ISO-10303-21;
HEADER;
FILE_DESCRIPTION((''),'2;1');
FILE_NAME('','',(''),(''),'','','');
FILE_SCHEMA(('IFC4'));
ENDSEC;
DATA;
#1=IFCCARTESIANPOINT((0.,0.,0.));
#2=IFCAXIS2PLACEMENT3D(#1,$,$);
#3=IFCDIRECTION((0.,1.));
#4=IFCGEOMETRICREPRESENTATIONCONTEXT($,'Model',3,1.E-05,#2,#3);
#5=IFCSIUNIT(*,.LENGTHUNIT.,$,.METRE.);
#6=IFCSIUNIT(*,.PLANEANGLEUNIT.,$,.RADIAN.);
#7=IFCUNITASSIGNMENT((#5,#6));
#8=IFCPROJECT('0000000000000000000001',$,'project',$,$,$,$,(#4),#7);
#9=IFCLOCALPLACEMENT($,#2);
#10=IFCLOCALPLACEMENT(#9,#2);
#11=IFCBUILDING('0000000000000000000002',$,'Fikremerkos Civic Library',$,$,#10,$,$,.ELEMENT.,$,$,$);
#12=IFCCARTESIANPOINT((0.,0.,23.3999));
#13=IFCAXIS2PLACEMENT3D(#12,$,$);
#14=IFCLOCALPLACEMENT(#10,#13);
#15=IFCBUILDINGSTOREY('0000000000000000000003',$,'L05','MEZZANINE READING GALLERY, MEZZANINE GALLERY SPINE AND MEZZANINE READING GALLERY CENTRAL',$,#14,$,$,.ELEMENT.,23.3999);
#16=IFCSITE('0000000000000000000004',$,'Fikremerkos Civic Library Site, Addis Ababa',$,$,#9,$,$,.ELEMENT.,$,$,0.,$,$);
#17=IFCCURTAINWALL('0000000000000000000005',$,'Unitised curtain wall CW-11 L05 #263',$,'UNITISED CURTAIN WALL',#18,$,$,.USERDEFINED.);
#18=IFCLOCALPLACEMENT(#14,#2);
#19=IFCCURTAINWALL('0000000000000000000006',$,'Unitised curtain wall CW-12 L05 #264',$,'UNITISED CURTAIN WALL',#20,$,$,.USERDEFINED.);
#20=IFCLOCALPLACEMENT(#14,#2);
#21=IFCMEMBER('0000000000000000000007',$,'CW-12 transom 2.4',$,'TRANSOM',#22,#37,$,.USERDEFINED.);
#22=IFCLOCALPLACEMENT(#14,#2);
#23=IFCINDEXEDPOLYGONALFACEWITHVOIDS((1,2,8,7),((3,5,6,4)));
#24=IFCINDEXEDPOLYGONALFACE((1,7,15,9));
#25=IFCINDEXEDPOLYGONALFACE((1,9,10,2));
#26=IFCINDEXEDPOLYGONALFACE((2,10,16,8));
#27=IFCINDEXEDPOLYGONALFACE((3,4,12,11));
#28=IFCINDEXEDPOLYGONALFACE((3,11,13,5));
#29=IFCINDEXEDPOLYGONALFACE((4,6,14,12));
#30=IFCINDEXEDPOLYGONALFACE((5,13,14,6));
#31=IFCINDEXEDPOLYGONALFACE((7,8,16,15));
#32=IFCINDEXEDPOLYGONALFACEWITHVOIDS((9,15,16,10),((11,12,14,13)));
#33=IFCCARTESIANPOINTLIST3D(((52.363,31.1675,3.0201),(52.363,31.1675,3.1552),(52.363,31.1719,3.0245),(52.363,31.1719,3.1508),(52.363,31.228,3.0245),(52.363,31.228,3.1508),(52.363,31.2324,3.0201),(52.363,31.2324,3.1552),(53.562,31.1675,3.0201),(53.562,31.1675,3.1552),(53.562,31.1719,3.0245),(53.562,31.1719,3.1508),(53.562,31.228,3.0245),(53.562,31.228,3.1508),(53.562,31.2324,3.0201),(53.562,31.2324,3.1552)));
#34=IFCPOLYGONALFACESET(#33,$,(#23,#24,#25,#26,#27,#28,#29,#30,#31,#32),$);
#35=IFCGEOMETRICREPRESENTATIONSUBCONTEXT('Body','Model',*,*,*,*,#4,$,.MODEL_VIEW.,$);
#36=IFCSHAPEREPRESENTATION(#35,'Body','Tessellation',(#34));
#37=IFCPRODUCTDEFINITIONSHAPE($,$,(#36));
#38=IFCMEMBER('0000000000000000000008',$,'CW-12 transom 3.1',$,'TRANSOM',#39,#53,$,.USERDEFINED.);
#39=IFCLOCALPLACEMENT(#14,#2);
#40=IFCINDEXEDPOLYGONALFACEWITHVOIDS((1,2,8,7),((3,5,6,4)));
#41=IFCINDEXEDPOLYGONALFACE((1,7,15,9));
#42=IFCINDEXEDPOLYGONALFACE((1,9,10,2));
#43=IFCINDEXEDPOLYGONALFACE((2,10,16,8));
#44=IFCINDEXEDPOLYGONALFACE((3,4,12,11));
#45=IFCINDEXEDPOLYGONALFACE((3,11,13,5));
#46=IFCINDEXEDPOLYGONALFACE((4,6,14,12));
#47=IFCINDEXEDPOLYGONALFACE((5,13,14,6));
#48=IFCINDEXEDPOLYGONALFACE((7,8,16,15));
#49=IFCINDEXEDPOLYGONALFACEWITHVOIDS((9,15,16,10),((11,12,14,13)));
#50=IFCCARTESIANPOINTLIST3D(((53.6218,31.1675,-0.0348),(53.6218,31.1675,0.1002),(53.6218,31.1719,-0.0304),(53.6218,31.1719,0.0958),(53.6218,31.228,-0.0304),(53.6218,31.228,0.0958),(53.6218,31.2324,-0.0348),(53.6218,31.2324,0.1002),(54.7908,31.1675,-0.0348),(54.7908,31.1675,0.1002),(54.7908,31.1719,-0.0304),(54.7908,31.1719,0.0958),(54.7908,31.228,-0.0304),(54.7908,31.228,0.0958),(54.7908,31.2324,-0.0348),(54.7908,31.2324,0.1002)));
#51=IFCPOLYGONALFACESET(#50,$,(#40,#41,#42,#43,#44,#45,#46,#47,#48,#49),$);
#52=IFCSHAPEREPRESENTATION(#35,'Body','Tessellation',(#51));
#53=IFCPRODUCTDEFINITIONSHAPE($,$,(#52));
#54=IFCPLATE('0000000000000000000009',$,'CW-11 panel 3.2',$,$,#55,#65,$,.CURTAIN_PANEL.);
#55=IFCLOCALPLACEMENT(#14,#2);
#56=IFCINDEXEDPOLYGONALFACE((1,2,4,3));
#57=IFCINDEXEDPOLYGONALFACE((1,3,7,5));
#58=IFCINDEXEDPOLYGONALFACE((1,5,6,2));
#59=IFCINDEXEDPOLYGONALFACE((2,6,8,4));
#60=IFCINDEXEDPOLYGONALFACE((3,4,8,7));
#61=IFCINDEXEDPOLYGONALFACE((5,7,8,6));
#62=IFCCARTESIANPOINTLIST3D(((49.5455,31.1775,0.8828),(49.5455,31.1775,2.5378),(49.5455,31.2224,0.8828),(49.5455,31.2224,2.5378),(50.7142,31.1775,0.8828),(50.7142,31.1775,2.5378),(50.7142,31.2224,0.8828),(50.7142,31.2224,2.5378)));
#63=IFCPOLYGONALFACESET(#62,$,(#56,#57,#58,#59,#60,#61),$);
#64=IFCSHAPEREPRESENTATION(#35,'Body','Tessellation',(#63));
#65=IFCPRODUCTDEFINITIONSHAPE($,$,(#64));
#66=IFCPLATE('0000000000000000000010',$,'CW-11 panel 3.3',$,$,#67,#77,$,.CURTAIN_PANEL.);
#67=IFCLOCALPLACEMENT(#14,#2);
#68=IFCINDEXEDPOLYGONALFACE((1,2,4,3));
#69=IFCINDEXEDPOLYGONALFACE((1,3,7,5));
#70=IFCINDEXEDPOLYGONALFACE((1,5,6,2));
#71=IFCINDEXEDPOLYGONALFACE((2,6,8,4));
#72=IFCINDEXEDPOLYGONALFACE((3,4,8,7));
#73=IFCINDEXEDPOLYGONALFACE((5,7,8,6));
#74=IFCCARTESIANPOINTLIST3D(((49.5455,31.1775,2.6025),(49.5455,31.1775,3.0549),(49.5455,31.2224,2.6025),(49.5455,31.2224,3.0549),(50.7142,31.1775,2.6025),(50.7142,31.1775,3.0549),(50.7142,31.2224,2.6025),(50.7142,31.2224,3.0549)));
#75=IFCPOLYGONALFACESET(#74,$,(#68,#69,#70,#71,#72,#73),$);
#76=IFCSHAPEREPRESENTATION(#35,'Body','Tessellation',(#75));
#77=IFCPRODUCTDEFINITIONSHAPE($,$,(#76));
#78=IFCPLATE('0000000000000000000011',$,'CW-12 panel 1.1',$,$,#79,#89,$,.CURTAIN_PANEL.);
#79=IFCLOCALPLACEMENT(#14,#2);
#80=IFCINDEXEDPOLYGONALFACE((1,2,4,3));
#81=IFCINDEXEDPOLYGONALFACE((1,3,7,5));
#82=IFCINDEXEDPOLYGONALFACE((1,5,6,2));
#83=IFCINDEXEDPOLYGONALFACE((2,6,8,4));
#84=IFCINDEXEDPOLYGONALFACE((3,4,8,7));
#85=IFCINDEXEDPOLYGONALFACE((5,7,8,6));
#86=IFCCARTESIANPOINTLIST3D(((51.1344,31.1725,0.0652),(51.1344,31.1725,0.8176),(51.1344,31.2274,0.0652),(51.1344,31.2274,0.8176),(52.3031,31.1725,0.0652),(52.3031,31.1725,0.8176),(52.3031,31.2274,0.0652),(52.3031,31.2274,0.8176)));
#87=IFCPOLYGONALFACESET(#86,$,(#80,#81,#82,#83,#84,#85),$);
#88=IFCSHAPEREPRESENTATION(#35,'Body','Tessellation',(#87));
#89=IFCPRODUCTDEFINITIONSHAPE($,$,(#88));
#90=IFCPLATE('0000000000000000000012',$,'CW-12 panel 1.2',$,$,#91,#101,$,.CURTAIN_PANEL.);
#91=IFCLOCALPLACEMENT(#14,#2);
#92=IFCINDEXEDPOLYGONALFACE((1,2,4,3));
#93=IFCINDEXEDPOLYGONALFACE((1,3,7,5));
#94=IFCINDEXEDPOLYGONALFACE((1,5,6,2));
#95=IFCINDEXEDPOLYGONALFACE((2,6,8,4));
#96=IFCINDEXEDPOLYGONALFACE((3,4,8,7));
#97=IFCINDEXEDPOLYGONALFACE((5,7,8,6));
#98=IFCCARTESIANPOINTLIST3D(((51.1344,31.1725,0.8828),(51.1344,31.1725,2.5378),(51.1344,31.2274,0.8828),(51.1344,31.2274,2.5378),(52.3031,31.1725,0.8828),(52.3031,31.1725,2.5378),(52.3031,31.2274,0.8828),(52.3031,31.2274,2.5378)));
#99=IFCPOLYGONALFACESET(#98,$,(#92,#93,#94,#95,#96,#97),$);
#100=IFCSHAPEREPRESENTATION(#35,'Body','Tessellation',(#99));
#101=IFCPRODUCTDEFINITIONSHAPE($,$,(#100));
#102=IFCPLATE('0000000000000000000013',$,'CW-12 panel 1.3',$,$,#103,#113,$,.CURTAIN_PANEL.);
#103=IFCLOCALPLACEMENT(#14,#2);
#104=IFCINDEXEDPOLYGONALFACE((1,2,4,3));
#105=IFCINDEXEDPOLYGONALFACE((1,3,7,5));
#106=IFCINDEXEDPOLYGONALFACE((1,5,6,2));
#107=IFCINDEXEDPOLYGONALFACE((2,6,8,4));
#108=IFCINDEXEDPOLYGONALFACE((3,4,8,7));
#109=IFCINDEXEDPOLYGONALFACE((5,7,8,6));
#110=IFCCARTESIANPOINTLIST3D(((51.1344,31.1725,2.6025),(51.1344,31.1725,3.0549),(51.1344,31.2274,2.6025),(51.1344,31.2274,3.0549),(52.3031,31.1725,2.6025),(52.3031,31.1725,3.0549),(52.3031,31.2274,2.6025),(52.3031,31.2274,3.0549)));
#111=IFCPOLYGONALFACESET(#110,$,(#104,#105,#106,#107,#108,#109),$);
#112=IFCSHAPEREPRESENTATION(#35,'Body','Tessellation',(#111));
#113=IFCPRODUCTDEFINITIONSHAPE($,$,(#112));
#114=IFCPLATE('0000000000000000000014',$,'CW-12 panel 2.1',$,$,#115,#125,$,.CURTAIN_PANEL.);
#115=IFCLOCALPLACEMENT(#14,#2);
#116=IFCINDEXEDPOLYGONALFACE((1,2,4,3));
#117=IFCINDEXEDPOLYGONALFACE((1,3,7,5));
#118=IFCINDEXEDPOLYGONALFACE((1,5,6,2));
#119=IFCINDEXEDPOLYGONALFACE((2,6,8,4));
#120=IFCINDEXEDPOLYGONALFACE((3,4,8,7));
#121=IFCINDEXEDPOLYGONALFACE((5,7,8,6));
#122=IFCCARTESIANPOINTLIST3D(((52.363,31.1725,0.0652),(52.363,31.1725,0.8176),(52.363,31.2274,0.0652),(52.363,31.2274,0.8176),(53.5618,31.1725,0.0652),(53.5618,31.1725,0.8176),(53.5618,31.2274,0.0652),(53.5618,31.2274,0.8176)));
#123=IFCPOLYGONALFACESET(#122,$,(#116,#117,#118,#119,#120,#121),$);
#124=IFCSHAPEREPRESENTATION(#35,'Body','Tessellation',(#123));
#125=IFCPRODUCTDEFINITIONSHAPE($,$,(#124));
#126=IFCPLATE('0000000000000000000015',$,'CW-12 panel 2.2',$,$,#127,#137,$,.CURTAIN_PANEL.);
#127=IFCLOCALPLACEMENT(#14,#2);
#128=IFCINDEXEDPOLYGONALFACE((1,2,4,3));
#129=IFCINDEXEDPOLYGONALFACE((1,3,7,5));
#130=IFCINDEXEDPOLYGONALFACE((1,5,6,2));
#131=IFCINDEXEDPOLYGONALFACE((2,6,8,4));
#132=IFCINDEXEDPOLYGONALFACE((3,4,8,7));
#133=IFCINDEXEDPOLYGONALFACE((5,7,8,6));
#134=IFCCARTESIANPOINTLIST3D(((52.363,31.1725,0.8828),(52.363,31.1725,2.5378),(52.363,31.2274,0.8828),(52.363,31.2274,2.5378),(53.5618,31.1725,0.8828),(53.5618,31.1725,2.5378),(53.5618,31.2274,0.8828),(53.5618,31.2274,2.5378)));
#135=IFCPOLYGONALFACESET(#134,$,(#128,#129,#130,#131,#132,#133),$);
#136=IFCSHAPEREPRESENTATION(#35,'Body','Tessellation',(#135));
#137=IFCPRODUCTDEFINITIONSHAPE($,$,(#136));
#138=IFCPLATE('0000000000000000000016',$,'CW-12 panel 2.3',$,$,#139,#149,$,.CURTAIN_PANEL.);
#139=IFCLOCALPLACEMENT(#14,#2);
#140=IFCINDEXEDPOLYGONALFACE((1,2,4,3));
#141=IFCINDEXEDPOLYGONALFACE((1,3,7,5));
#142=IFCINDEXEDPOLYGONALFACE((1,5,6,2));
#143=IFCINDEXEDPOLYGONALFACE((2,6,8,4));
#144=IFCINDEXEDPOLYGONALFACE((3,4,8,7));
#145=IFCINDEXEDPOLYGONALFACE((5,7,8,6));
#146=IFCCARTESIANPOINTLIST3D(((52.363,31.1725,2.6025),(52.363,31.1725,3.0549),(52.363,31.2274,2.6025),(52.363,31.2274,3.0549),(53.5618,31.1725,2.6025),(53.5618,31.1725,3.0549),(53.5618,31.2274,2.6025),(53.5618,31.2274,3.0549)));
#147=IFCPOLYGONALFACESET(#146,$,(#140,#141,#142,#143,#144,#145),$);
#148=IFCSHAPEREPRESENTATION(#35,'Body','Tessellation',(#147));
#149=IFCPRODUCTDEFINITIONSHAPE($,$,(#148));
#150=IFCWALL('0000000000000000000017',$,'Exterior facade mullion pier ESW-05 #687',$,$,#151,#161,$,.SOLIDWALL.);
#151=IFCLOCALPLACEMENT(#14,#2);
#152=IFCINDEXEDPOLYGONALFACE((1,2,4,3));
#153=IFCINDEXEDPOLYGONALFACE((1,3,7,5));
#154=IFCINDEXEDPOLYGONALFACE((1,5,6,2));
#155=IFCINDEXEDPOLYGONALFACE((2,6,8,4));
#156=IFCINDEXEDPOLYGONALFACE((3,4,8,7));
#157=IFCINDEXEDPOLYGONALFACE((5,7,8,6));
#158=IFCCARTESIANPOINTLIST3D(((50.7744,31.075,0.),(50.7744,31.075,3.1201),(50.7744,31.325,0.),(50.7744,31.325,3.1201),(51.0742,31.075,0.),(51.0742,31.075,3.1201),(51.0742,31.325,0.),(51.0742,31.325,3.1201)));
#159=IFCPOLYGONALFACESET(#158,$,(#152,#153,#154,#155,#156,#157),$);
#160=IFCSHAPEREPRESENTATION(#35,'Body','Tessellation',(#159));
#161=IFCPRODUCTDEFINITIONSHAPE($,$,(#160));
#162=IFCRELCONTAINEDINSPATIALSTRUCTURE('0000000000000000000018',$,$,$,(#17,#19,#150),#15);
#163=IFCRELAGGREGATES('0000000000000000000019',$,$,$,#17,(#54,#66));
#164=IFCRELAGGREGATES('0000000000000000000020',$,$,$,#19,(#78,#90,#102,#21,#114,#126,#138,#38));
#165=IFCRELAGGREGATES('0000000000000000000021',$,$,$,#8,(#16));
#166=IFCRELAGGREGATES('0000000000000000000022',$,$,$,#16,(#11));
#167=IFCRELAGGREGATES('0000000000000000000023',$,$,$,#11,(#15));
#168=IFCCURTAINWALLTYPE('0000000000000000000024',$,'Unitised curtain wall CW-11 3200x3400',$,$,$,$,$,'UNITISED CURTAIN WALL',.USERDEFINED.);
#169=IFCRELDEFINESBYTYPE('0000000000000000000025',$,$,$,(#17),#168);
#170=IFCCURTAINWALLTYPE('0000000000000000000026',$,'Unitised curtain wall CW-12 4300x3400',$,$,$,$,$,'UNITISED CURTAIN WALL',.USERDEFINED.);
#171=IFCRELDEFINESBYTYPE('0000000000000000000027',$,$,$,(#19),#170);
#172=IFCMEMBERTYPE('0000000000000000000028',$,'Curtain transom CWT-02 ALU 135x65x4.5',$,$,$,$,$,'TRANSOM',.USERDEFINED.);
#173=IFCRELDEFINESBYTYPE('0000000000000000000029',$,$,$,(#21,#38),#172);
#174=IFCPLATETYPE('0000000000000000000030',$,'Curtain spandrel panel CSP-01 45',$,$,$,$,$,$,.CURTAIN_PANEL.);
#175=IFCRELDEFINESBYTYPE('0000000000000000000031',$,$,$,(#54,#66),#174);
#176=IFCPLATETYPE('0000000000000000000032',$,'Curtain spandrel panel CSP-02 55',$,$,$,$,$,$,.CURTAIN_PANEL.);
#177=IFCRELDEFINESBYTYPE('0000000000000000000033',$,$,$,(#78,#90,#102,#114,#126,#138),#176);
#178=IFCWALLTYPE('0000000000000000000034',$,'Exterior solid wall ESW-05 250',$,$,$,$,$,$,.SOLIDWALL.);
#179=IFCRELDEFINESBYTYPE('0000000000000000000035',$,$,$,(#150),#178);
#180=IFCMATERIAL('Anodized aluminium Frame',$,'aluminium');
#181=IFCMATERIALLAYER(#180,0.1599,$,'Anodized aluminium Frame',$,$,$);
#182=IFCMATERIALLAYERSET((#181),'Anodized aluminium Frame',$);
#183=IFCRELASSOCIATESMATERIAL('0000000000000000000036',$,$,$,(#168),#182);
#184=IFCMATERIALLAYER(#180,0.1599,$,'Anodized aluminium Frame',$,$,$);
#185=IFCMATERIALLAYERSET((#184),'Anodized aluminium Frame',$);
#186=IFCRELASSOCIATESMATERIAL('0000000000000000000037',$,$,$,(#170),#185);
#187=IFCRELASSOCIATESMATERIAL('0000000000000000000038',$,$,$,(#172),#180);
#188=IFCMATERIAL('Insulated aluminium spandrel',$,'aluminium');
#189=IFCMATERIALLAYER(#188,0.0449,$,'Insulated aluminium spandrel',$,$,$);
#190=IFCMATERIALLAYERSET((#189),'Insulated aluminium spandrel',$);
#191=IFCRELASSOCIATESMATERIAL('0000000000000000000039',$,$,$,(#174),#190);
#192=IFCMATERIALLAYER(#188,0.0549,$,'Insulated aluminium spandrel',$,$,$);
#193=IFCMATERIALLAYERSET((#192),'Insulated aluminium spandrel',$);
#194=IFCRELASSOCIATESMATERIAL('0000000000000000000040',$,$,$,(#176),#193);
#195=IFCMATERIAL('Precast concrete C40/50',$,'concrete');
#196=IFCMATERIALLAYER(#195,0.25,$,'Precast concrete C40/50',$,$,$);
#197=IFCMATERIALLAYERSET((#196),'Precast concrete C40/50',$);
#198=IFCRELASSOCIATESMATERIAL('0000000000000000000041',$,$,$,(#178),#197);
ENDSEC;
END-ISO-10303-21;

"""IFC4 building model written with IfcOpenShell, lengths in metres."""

from ifc_helpers import new_model, si_unit, direction, frame, frame_2d, origin, origin_2d, place, context, subcontext, project, spatial, rectangle, hollow_rectangle, extrude, material, layer, layer_set, material_profile, profile_set, type_object, element, aggregate, save


model = new_model("IFC4")

# Units and contexts
model_context = context("Model", 3, precision=1e-05, world=origin(), true_north=direction((0.0, 1.0)))
body_context = subcontext(model_context, "Body", "Model", "MODEL_VIEW")
ifc_project = project(units=[si_unit("LENGTHUNIT", "METRE"), si_unit("PLANEANGLEUNIT", "RADIAN")], contexts=[model_context])

# Site, building, storey
site_placement = place(None, origin())
site = spatial("IfcSite", under=ifc_project, at=site_placement, Name="Fikremerkos Civic Library Site, Addis Ababa", CompositionType="ELEMENT", RefElevation=0.0)
building_placement = place(site_placement, origin())
building = spatial("IfcBuilding", under=site, at=building_placement, Name="Fikremerkos Civic Library", CompositionType="ELEMENT")
storey_placement = place(building_placement, frame((0.0, 0.0, 23.3999)))
storey = spatial("IfcBuildingStorey", under=building, at=storey_placement, Name="L05", Description="MEZZANINE READING GALLERY, MEZZANINE GALLERY SPINE AND MEZZANINE READING GALLERY CENTRAL", CompositionType="ELEMENT", Elevation=23.3999)

# Curtain wall
ifc_material_1 = material(Name="Anodized aluminium Frame", Category="aluminium")
ifc_layer_1 = layer(ifc_material_1, 0.1599, Name="Anodized aluminium Frame")
ifc_layer_set_1 = layer_set([ifc_layer_1], Name="Anodized aluminium Frame")
curtain_wall_type_1 = type_object("IfcCurtainWallType", Name="Unitised curtain wall CW-11 3200x3400", ElementType="UNITISED CURTAIN WALL", PredefinedType="USERDEFINED", material=ifc_layer_set_1)
curtain_wall_1_placement = place(storey_placement, origin())
curtain_wall_1 = element("IfcCurtainWall", 1, at=curtain_wall_1_placement, inside=storey, type_object=curtain_wall_type_1, Name="Unitised curtain wall CW-11 L05 #263", ObjectType="UNITISED CURTAIN WALL", PredefinedType="USERDEFINED")

# Curtain wall, members
ifc_layer_2 = layer(ifc_material_1, 0.1599, Name="Anodized aluminium Frame")
ifc_layer_set_2 = layer_set([ifc_layer_2], Name="Anodized aluminium Frame")
curtain_wall_type_2 = type_object("IfcCurtainWallType", Name="Unitised curtain wall CW-12 4300x3400", ElementType="UNITISED CURTAIN WALL", PredefinedType="USERDEFINED", material=ifc_layer_set_2)
curtain_wall_2_placement = place(storey_placement, origin())
curtain_wall_2 = element("IfcCurtainWall", 2, at=curtain_wall_2_placement, inside=storey, type_object=curtain_wall_type_2, Name="Unitised curtain wall CW-12 L05 #264", ObjectType="UNITISED CURTAIN WALL", PredefinedType="USERDEFINED")
ifc_material_profile_1 = material_profile(ifc_material_1, hollow_rectangle(XDim=0.0649, YDim=0.135, WallThickness=0.0044, at=origin_2d()), Name="ALU 135x65x4.5")
ifc_profile_set_1 = profile_set([ifc_material_profile_1], Name="Anodized aluminium Frame")
member_type_1 = type_object("IfcMemberType", Name="Curtain transom CWT-02 ALU 135x65x4.5", ElementType="TRANSOM", PredefinedType="USERDEFINED", material=ifc_profile_set_1)
member_1_placement = place(storey_placement, frame((52.363, 31.2, 3.0876), z_axis=(1.0, 0.0, 0.0), x_axis=(0.0, 1.0, 0.0)))
member_1 = element("IfcMember", 3, at=member_1_placement, type_object=member_type_1, Name="CW-12 transom 2.4", ObjectType="TRANSOM", PredefinedType="USERDEFINED", context=body_context, shape_type="SweptSolid", body=[
    extrude(hollow_rectangle(XDim=0.0649, YDim=0.135, WallThickness=0.0044, at=origin_2d()), origin(), (0.0, 0.0, 1.0), 1.199),
])
member_2_placement = place(storey_placement, frame((53.6218, 31.2, 0.0327), z_axis=(1.0, 0.0, 0.0), x_axis=(0.0, 1.0, 0.0)))
member_2 = element("IfcMember", 4, at=member_2_placement, type_object=member_type_1, Name="CW-12 transom 3.1", ObjectType="TRANSOM", PredefinedType="USERDEFINED", context=body_context, shape_type="SweptSolid", body=[
    extrude(hollow_rectangle(XDim=0.0649, YDim=0.135, WallThickness=0.0044, at=origin_2d()), origin(), (0.0, 0.0, 1.0), 1.1689),
])

# Plates
ifc_material_2 = material(Name="Insulated aluminium spandrel", Category="aluminium")
ifc_layer_3 = layer(ifc_material_2, 0.0449, Name="Insulated aluminium spandrel")
ifc_layer_set_3 = layer_set([ifc_layer_3], Name="Insulated aluminium spandrel")
plate_type_1 = type_object("IfcPlateType", Name="Curtain spandrel panel CSP-01 45", PredefinedType="CURTAIN_PANEL", material=ifc_layer_set_3)
plate_1_placement = place(storey_placement, frame((50.1299, 31.2, 0.8828), z_axis=(0.0, 0.0, 1.0), x_axis=(1.0, 0.0, 0.0)))
plate_1 = element("IfcPlate", 5, at=plate_1_placement, type_object=plate_type_1, Name="CW-11 panel 3.2", PredefinedType="CURTAIN_PANEL", context=body_context, shape_type="SweptSolid", body=[
    extrude(rectangle(XDim=1.1687, YDim=0.0449, at=origin_2d()), origin(), (0.0, 0.0, 1.0), 1.655),
])
plate_2_placement = place(storey_placement, frame((50.1299, 31.2, 2.6025), z_axis=(0.0, 0.0, 1.0), x_axis=(1.0, 0.0, 0.0)))
plate_2 = element("IfcPlate", 6, at=plate_2_placement, type_object=plate_type_1, Name="CW-11 panel 3.3", PredefinedType="CURTAIN_PANEL", context=body_context, shape_type="SweptSolid", body=[
    extrude(rectangle(XDim=1.1687, YDim=0.0449, at=origin_2d()), origin(), (0.0, 0.0, 1.0), 0.4524),
])
aggregate(curtain_wall_1, [plate_1, plate_2])
ifc_layer_4 = layer(ifc_material_2, 0.0549, Name="Insulated aluminium spandrel")
ifc_layer_set_4 = layer_set([ifc_layer_4], Name="Insulated aluminium spandrel")
plate_type_2 = type_object("IfcPlateType", Name="Curtain spandrel panel CSP-02 55", PredefinedType="CURTAIN_PANEL", material=ifc_layer_set_4)
plate_3_placement = place(storey_placement, frame((51.7188, 31.2, 0.0652), z_axis=(0.0, 0.0, 1.0), x_axis=(1.0, 0.0, 0.0)))
plate_3 = element("IfcPlate", 7, at=plate_3_placement, type_object=plate_type_2, Name="CW-12 panel 1.1", PredefinedType="CURTAIN_PANEL", context=body_context, shape_type="SweptSolid", body=[
    extrude(rectangle(XDim=1.1687, YDim=0.0549, at=origin_2d()), origin(), (0.0, 0.0, 1.0), 0.7524),
])
plate_4_placement = place(storey_placement, frame((51.7188, 31.2, 0.8828), z_axis=(0.0, 0.0, 1.0), x_axis=(1.0, 0.0, 0.0)))
plate_4 = element("IfcPlate", 8, at=plate_4_placement, type_object=plate_type_2, Name="CW-12 panel 1.2", PredefinedType="CURTAIN_PANEL", context=body_context, shape_type="SweptSolid", body=[
    extrude(rectangle(XDim=1.1687, YDim=0.0549, at=origin_2d()), origin(), (0.0, 0.0, 1.0), 1.655),
])
plate_5_placement = place(storey_placement, frame((51.7188, 31.2, 2.6025), z_axis=(0.0, 0.0, 1.0), x_axis=(1.0, 0.0, 0.0)))
plate_5 = element("IfcPlate", 9, at=plate_5_placement, type_object=plate_type_2, Name="CW-12 panel 1.3", PredefinedType="CURTAIN_PANEL", context=body_context, shape_type="SweptSolid", body=[
    extrude(rectangle(XDim=1.1687, YDim=0.0549, at=origin_2d()), origin(), (0.0, 0.0, 1.0), 0.4524),
])
plate_6_placement = place(storey_placement, frame((52.9624, 31.2, 0.0652), z_axis=(0.0, 0.0, 1.0), x_axis=(1.0, 0.0, 0.0)))
plate_6 = element("IfcPlate", 10, at=plate_6_placement, type_object=plate_type_2, Name="CW-12 panel 2.1", PredefinedType="CURTAIN_PANEL", context=body_context, shape_type="SweptSolid", body=[
    extrude(rectangle(XDim=1.1987, YDim=0.0549, at=origin_2d()), origin(), (0.0, 0.0, 1.0), 0.7524),
])
plate_7_placement = place(storey_placement, frame((52.9624, 31.2, 0.8828), z_axis=(0.0, 0.0, 1.0), x_axis=(1.0, 0.0, 0.0)))
plate_7 = element("IfcPlate", 11, at=plate_7_placement, type_object=plate_type_2, Name="CW-12 panel 2.2", PredefinedType="CURTAIN_PANEL", context=body_context, shape_type="SweptSolid", body=[
    extrude(rectangle(XDim=1.1987, YDim=0.0549, at=origin_2d()), origin(), (0.0, 0.0, 1.0), 1.655),
])
plate_8_placement = place(storey_placement, frame((52.9624, 31.2, 2.6025), z_axis=(0.0, 0.0, 1.0), x_axis=(1.0, 0.0, 0.0)))
plate_8 = element("IfcPlate", 12, at=plate_8_placement, type_object=plate_type_2, Name="CW-12 panel 2.3", PredefinedType="CURTAIN_PANEL", context=body_context, shape_type="SweptSolid", body=[
    extrude(rectangle(XDim=1.1987, YDim=0.0549, at=origin_2d()), origin(), (0.0, 0.0, 1.0), 0.4524),
])
aggregate(curtain_wall_2, [plate_3, plate_4, plate_5, member_1, plate_6, plate_7, plate_8, member_2])

# Wall
ifc_material_3 = material(Name="Precast concrete C40/50", Category="concrete")
ifc_layer_5 = layer(ifc_material_3, 0.25, Name="Precast concrete C40/50")
ifc_layer_set_5 = layer_set([ifc_layer_5], Name="Precast concrete C40/50")
wall_type = type_object("IfcWallType", Name="Exterior solid wall ESW-05 250", PredefinedType="SOLIDWALL", material=ifc_layer_set_5)
wall_placement = place(storey_placement, frame((50.7744, 31.2, 0.0), z_axis=(0.0, 0.0, 1.0), x_axis=(1.0, 0.0, 0.0)))
element("IfcWall", 13, at=wall_placement, inside=storey, type_object=wall_type, Name="Exterior facade mullion pier ESW-05 #687", PredefinedType="SOLIDWALL", context=body_context, shape_type="SweptSolid", body=[
    extrude(rectangle(XDim=0.2998, YDim=0.25, at=frame_2d((0.1499, 0.0))), origin(), (0.0, 0.0, 1.0), 3.1201),
])

save(model, "model.ifc")
